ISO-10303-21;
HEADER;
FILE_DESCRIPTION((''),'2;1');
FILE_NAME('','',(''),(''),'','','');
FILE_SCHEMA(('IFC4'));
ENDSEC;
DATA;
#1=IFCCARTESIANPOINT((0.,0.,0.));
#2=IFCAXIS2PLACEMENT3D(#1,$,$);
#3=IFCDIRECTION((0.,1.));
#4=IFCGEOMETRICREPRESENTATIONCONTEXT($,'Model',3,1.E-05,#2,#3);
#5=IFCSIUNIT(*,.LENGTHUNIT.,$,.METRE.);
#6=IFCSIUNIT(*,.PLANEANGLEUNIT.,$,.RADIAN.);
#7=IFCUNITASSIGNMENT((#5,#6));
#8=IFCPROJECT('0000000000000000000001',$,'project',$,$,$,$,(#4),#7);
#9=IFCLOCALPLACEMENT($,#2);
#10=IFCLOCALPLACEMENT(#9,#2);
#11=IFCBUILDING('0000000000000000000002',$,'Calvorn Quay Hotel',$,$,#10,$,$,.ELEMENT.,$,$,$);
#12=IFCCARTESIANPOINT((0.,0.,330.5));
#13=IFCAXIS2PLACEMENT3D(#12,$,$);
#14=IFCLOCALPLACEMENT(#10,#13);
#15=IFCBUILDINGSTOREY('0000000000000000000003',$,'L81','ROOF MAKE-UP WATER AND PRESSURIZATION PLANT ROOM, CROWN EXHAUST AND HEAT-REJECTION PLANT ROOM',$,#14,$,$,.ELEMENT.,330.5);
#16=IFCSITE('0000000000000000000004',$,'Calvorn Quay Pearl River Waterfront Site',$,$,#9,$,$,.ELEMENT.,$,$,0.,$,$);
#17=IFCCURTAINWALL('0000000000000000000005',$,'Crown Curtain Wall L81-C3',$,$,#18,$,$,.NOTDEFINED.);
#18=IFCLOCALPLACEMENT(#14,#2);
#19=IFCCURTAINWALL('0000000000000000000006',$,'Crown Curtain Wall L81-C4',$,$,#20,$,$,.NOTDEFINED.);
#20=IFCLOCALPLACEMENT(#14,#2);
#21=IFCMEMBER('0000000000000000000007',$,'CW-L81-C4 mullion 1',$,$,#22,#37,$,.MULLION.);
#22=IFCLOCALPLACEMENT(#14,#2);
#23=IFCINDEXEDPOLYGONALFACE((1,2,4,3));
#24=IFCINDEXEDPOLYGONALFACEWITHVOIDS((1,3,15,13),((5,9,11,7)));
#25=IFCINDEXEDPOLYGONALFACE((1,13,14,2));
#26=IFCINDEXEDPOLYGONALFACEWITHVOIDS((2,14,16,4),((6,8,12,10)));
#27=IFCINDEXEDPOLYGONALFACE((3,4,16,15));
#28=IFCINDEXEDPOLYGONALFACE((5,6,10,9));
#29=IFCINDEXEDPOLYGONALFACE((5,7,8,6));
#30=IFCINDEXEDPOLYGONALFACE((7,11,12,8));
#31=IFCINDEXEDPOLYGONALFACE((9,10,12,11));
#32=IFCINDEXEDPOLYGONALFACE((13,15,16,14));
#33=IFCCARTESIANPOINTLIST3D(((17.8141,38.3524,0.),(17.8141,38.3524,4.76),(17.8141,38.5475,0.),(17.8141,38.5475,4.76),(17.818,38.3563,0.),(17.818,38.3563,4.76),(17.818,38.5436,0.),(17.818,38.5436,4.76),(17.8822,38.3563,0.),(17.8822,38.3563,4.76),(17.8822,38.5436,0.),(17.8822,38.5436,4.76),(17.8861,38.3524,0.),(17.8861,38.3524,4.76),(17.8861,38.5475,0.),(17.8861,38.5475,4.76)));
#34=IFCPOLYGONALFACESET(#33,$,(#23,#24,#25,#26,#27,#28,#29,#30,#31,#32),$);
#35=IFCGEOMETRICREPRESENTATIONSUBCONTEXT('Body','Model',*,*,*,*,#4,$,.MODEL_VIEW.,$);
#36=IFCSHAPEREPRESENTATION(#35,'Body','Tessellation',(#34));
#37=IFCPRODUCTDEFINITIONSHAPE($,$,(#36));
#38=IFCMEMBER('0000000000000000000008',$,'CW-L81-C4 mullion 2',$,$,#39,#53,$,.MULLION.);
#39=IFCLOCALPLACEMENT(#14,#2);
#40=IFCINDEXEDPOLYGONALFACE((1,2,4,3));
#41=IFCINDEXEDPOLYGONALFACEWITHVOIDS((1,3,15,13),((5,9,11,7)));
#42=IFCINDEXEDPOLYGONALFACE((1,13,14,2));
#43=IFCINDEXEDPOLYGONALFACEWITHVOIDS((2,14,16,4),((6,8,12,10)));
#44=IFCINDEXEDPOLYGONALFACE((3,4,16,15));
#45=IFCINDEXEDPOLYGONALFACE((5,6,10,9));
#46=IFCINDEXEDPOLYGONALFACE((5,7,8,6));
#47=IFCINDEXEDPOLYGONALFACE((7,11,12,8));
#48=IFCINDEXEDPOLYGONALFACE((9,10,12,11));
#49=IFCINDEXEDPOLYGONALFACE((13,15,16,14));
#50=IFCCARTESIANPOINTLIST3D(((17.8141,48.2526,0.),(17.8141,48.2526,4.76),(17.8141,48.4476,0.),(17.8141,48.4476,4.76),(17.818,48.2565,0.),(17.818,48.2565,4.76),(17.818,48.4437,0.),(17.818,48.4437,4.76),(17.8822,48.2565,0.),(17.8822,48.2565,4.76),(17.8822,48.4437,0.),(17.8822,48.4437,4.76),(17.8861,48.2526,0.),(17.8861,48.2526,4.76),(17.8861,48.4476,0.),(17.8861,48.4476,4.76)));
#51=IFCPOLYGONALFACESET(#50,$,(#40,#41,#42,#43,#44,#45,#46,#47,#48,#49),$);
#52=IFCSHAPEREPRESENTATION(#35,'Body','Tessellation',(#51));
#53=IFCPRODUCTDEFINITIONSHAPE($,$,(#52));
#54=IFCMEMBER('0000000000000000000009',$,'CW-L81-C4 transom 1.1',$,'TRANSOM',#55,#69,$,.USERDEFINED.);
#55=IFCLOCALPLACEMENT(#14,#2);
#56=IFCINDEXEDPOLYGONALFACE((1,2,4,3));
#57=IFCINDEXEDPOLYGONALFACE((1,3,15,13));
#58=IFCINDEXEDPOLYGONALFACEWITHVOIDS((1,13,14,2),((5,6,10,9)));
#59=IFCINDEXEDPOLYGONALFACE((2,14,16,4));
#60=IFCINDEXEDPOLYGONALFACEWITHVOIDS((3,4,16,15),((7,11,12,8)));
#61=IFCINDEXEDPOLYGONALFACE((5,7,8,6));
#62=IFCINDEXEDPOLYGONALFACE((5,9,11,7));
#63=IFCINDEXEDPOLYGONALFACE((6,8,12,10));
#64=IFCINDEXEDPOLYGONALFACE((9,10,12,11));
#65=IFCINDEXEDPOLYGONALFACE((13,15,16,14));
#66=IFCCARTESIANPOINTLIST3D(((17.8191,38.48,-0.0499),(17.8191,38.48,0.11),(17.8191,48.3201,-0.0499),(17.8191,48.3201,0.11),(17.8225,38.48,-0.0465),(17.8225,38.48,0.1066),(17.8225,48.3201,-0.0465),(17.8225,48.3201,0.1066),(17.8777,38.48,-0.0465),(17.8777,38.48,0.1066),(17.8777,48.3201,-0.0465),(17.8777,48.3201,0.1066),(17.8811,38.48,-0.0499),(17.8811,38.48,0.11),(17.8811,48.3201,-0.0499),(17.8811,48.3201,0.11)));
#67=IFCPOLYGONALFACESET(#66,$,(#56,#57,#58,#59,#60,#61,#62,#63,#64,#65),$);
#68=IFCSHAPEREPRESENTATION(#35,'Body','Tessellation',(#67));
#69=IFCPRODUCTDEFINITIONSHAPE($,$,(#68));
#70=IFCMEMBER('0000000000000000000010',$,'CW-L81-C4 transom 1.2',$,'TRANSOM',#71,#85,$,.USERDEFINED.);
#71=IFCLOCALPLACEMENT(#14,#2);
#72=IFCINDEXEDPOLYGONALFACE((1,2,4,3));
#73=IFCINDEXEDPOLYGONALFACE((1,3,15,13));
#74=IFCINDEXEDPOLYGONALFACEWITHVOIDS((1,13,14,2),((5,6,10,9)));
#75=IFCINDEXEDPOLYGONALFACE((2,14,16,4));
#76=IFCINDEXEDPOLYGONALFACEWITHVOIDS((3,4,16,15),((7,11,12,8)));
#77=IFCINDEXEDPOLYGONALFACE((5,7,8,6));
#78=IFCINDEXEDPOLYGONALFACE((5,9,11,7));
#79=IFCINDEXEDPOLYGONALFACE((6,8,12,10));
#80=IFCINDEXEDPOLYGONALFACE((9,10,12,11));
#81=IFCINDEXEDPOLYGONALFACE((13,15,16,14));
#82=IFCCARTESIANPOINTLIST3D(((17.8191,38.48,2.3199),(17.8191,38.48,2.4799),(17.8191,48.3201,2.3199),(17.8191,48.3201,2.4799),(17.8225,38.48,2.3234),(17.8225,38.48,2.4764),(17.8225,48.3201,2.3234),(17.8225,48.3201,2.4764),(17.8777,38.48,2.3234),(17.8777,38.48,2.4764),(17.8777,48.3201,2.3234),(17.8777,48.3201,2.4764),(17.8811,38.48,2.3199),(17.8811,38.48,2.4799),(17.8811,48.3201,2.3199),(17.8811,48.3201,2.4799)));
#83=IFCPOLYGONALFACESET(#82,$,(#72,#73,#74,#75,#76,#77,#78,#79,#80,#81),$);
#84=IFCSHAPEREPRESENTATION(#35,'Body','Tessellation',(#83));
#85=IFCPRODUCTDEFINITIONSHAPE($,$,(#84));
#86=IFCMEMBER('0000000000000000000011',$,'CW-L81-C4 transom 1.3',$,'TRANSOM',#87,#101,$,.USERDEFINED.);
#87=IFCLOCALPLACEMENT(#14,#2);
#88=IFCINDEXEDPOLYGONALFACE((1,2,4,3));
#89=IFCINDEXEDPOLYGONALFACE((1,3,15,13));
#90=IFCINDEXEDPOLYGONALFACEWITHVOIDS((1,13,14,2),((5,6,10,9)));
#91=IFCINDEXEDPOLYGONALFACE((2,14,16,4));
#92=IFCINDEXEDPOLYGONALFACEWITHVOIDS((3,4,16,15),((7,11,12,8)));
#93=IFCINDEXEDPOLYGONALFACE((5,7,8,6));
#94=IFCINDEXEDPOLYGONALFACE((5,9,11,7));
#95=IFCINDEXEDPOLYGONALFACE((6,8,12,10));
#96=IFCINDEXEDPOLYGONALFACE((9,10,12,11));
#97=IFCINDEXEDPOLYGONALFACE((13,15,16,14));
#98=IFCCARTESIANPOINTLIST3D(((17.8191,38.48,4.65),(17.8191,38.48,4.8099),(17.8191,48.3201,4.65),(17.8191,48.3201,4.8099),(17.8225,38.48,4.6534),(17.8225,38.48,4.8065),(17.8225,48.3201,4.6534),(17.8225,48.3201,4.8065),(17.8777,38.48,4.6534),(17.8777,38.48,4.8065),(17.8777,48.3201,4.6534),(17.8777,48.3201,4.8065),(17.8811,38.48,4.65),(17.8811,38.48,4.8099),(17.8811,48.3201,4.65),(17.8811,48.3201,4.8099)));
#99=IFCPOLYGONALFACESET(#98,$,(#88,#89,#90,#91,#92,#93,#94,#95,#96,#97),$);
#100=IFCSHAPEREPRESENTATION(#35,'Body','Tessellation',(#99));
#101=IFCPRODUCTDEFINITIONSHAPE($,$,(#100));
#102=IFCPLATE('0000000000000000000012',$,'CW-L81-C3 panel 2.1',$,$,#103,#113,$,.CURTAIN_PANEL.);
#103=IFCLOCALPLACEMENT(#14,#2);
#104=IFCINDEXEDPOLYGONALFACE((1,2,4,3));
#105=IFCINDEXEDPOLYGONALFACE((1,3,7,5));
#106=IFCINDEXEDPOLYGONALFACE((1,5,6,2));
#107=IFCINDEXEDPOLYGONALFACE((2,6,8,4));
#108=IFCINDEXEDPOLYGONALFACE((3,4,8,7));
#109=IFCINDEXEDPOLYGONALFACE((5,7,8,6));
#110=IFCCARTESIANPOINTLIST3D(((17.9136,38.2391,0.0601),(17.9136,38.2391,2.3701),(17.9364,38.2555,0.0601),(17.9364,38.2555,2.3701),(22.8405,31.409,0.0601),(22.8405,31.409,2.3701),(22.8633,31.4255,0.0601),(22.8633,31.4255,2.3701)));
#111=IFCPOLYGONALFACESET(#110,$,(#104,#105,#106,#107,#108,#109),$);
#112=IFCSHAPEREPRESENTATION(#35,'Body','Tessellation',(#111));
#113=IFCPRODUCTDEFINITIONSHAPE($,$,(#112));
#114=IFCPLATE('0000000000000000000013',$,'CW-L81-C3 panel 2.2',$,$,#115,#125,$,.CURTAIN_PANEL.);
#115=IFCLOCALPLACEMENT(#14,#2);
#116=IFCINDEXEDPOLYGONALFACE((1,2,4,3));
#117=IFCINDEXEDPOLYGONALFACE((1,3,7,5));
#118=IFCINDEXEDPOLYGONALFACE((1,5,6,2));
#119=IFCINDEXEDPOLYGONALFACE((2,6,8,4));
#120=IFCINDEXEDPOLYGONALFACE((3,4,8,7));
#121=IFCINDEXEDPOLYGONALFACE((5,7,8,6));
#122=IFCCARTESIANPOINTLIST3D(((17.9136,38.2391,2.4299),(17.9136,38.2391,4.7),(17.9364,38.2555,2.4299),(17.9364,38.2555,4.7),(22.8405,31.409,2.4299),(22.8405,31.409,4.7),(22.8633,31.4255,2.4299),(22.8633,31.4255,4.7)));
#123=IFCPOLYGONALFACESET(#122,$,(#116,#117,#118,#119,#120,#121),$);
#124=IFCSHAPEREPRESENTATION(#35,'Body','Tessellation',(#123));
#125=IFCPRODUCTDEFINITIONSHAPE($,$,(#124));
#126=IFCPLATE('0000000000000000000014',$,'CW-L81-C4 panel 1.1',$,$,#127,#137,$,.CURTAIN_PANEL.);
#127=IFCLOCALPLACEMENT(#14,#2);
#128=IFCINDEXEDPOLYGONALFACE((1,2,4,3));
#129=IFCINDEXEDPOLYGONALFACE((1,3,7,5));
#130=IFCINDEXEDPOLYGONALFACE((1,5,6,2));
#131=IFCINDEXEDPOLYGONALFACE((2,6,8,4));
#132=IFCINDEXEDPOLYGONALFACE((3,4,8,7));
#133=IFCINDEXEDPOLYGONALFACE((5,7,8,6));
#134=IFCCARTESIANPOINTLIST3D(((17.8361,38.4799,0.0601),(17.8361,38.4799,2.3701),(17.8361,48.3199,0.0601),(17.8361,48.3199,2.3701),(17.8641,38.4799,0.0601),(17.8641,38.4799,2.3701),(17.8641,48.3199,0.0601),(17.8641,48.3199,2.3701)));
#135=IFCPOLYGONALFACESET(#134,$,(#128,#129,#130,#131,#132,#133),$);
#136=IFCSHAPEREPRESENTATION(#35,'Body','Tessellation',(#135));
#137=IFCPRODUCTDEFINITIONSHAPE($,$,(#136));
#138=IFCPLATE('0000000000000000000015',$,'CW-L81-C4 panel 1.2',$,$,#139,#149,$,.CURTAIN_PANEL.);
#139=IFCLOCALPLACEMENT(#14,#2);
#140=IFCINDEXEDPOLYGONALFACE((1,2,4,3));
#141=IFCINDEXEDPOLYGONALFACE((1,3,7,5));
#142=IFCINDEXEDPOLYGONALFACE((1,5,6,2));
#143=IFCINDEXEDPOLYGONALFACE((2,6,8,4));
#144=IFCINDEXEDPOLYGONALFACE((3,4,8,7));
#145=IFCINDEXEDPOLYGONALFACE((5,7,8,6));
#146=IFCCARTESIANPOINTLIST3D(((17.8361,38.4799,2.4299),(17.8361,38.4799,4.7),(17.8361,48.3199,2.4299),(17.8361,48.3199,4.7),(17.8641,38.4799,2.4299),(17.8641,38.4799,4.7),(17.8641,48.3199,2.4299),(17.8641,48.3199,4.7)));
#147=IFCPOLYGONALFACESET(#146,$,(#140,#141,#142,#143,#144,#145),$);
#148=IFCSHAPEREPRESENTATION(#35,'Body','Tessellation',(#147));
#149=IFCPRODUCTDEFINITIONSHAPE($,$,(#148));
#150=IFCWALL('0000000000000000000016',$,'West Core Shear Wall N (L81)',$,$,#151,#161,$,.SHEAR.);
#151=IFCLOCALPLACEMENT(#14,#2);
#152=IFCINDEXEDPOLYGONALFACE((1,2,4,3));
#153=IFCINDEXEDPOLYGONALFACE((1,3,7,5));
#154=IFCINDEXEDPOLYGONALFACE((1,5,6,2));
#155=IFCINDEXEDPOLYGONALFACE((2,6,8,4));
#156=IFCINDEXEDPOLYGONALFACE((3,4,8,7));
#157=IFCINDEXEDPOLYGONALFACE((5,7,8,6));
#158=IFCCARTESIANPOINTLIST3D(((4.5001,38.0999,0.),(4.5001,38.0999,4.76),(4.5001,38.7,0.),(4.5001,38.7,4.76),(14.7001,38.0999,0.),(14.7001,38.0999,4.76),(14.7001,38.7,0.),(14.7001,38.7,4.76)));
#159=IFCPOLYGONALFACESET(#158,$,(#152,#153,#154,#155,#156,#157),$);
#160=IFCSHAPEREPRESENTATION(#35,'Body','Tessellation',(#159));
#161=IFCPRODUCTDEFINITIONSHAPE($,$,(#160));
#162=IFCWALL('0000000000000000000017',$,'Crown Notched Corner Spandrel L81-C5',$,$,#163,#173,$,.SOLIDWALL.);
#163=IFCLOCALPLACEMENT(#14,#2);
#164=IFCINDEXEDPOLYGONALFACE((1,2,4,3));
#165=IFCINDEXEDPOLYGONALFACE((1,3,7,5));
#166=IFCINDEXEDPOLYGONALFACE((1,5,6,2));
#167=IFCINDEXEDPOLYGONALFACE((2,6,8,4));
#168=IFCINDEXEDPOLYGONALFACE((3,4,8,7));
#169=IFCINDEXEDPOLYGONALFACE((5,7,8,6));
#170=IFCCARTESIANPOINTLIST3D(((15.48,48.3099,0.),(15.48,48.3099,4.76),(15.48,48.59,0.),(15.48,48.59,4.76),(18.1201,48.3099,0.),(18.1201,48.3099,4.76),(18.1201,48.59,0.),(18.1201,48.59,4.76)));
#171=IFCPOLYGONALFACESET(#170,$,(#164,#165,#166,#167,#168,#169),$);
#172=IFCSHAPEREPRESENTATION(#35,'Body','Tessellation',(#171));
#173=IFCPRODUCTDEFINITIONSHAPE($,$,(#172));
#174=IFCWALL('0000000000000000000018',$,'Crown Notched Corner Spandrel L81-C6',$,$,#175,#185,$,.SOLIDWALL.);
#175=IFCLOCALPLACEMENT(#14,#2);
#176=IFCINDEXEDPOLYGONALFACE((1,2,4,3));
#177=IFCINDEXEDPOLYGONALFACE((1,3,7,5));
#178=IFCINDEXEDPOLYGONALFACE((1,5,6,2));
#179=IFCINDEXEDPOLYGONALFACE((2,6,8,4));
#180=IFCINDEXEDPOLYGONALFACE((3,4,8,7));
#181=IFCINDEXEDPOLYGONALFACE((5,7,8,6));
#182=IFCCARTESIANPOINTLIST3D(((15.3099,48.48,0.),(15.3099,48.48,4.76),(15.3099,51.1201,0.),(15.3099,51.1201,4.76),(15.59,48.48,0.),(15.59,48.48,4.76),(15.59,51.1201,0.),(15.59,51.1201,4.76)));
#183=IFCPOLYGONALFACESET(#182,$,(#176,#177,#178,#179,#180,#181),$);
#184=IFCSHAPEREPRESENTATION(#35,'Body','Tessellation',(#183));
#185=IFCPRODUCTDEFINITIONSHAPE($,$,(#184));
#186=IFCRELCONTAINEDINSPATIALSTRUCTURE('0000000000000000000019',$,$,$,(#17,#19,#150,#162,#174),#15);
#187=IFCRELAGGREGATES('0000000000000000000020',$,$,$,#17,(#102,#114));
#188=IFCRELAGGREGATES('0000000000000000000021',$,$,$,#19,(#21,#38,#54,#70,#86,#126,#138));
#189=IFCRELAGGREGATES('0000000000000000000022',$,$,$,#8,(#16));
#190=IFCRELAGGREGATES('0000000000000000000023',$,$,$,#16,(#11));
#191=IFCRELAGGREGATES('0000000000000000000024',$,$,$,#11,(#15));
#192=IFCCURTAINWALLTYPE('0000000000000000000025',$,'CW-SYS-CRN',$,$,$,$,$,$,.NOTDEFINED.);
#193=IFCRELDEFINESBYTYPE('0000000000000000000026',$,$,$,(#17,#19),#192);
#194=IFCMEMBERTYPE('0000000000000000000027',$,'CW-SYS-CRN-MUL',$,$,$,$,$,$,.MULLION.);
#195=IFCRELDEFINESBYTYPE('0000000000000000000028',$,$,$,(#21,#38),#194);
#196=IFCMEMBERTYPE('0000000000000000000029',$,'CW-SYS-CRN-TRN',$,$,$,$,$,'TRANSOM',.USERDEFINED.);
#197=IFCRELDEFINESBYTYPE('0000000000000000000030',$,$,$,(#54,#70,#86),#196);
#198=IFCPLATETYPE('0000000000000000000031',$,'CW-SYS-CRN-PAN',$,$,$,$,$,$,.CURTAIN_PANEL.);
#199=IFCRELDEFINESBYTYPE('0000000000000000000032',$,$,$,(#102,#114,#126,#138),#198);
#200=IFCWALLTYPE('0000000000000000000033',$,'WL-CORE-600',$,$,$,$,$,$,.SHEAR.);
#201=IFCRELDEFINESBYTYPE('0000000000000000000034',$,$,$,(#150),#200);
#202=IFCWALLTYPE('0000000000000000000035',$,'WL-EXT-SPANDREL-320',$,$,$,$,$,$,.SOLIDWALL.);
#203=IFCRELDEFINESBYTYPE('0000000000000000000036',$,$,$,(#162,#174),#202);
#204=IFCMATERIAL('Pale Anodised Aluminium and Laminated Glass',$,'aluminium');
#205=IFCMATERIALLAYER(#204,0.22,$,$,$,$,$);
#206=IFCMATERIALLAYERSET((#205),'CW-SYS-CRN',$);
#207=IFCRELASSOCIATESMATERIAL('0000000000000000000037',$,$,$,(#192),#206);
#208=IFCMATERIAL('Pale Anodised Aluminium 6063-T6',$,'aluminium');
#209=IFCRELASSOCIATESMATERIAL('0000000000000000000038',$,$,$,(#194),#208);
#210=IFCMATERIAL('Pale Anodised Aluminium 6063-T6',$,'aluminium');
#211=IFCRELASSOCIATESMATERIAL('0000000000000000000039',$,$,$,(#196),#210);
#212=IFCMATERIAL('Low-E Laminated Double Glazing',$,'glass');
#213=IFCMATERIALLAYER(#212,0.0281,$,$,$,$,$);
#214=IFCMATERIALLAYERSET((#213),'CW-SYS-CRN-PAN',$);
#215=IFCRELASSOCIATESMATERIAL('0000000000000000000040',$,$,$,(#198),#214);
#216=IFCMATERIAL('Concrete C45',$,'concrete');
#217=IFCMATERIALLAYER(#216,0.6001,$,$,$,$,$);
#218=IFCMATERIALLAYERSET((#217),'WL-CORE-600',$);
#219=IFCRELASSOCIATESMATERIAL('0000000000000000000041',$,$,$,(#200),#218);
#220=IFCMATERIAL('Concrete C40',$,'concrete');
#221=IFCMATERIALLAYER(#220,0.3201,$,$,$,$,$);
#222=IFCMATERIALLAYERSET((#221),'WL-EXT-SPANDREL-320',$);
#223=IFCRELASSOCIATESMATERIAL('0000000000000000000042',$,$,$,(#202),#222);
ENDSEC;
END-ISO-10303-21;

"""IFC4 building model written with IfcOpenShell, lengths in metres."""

from ifc_helpers import new_model, si_unit, direction, frame, frame_2d, origin, origin_2d, place, context, subcontext, project, spatial, rectangle, hollow_rectangle, extrude, material, layer, layer_set, material_profile, profile_set, type_object, element, aggregate, save


model = new_model("IFC4")

# Units and contexts
model_context = context("Model", 3, precision=1e-05, world=origin(), true_north=direction((0.0, 1.0)))
body_context = subcontext(model_context, "Body", "Model", "MODEL_VIEW")
ifc_project = project(units=[si_unit("LENGTHUNIT", "METRE"), si_unit("PLANEANGLEUNIT", "RADIAN")], contexts=[model_context])

# Site, building, storey
site_placement = place(None, origin())
site = spatial("IfcSite", under=ifc_project, at=site_placement, Name="Calvorn Quay Pearl River Waterfront Site", CompositionType="ELEMENT", RefElevation=0.0)
building_placement = place(site_placement, origin())
building = spatial("IfcBuilding", under=site, at=building_placement, Name="Calvorn Quay Hotel", CompositionType="ELEMENT")
storey_placement = place(building_placement, frame((0.0, 0.0, 330.5)))
storey = spatial("IfcBuildingStorey", under=building, at=storey_placement, Name="L81", Description="ROOF MAKE-UP WATER AND PRESSURIZATION PLANT ROOM, CROWN EXHAUST AND HEAT-REJECTION PLANT ROOM", CompositionType="ELEMENT", Elevation=330.5)

# Curtain wall
ifc_material_1 = material(Name="Pale Anodised Aluminium and Laminated Glass", Category="aluminium")
ifc_layer_1 = layer(ifc_material_1, 0.22)
ifc_layer_set_1 = layer_set([ifc_layer_1], Name="CW-SYS-CRN")
curtain_wall_type = type_object("IfcCurtainWallType", Name="CW-SYS-CRN", PredefinedType="NOTDEFINED", material=ifc_layer_set_1)
curtain_wall_1_placement = place(storey_placement, origin())
curtain_wall_1 = element("IfcCurtainWall", 1, at=curtain_wall_1_placement, inside=storey, type_object=curtain_wall_type, Name="Crown Curtain Wall L81-C3", PredefinedType="NOTDEFINED")
ifc_material_2 = material(Name="Pale Anodised Aluminium 6063-T6", Category="aluminium")
ifc_material_profile_1 = material_profile(ifc_material_2, hollow_rectangle(XDim=0.072, YDim=0.1951, WallThickness=0.0039, at=origin_2d()), Name="ALU-M195x72x4")
ifc_profile_set_1 = profile_set([ifc_material_profile_1], Name="Pale Anodised Aluminium 6063-T6")
member_type_1 = type_object("IfcMemberType", Name="CW-SYS-CRN-MUL", PredefinedType="MULLION", material=ifc_profile_set_1)

# Curtain wall, members
curtain_wall_2_placement = place(storey_placement, origin())
curtain_wall_2 = element("IfcCurtainWall", 2, at=curtain_wall_2_placement, inside=storey, type_object=curtain_wall_type, Name="Crown Curtain Wall L81-C4", PredefinedType="NOTDEFINED")
member_1_placement = place(storey_placement, frame((17.8501, 38.45, 0.0), z_axis=(0.0, 0.0, 1.0), x_axis=(-1.0, 0.0, 0.0)))
member_1 = element("IfcMember", 3, at=member_1_placement, type_object=member_type_1, Name="CW-L81-C4 mullion 1", PredefinedType="MULLION", context=body_context, shape_type="SweptSolid", body=[
    extrude(hollow_rectangle(XDim=0.072, YDim=0.1951, WallThickness=0.0039, at=origin_2d()), origin(), (0.0, 0.0, 1.0), 4.76),
])
member_2_placement = place(storey_placement, frame((17.8501, 48.3501, 0.0), z_axis=(0.0, 0.0, 1.0), x_axis=(-1.0, 0.0, 0.0)))
member_2 = element("IfcMember", 4, at=member_2_placement, type_object=member_type_1, Name="CW-L81-C4 mullion 2", PredefinedType="MULLION", context=body_context, shape_type="SweptSolid", body=[
    extrude(hollow_rectangle(XDim=0.072, YDim=0.1951, WallThickness=0.0039, at=origin_2d()), origin(), (0.0, 0.0, 1.0), 4.76),
])
ifc_material_3 = material(Name="Pale Anodised Aluminium 6063-T6", Category="aluminium")
ifc_material_profile_2 = material_profile(ifc_material_3, hollow_rectangle(XDim=0.062, YDim=0.1599, WallThickness=0.0034, at=origin_2d()), Name="ALU-T160x62x3.5")
ifc_profile_set_2 = profile_set([ifc_material_profile_2], Name="Pale Anodised Aluminium 6063-T6")
member_type_2 = type_object("IfcMemberType", Name="CW-SYS-CRN-TRN", ElementType="TRANSOM", PredefinedType="USERDEFINED", material=ifc_profile_set_2)
member_3_placement = place(storey_placement, frame((17.8501, 38.48, 0.03), z_axis=(0.0, 1.0, 0.0), x_axis=(-1.0, 0.0, 0.0)))
member_3 = element("IfcMember", 5, at=member_3_placement, type_object=member_type_2, Name="CW-L81-C4 transom 1.1", ObjectType="TRANSOM", PredefinedType="USERDEFINED", context=body_context, shape_type="SweptSolid", body=[
    extrude(hollow_rectangle(XDim=0.062, YDim=0.1599, WallThickness=0.0034, at=origin_2d()), origin(), (0.0, 0.0, 1.0), 9.8401),
])
member_4_placement = place(storey_placement, frame((17.8501, 38.48, 2.3999), z_axis=(0.0, 1.0, 0.0), x_axis=(-1.0, 0.0, 0.0)))
member_4 = element("IfcMember", 6, at=member_4_placement, type_object=member_type_2, Name="CW-L81-C4 transom 1.2", ObjectType="TRANSOM", PredefinedType="USERDEFINED", context=body_context, shape_type="SweptSolid", body=[
    extrude(hollow_rectangle(XDim=0.062, YDim=0.1599, WallThickness=0.0034, at=origin_2d()), origin(), (0.0, 0.0, 1.0), 9.8401),
])
member_5_placement = place(storey_placement, frame((17.8501, 38.48, 4.73), z_axis=(0.0, 1.0, 0.0), x_axis=(-1.0, 0.0, 0.0)))
member_5 = element("IfcMember", 7, at=member_5_placement, type_object=member_type_2, Name="CW-L81-C4 transom 1.3", ObjectType="TRANSOM", PredefinedType="USERDEFINED", context=body_context, shape_type="SweptSolid", body=[
    extrude(hollow_rectangle(XDim=0.062, YDim=0.1599, WallThickness=0.0034, at=origin_2d()), origin(), (0.0, 0.0, 1.0), 9.8401),
])

# Plates
ifc_material_4 = material(Name="Low-E Laminated Double Glazing", Category="glass")
ifc_layer_2 = layer(ifc_material_4, 0.0281)
ifc_layer_set_2 = layer_set([ifc_layer_2], Name="CW-SYS-CRN-PAN")
plate_type = type_object("IfcPlateType", Name="CW-SYS-CRN-PAN", PredefinedType="CURTAIN_PANEL", material=ifc_layer_set_2)
plate_1_placement = place(storey_placement, frame((20.3884, 34.8323, 0.0601), z_axis=(0.0, 0.0, 1.0), x_axis=(-0.585027, 0.811014, 0.0)))
plate_1 = element("IfcPlate", 8, at=plate_1_placement, type_object=plate_type, Name="CW-L81-C3 panel 2.1", PredefinedType="CURTAIN_PANEL", context=body_context, shape_type="SweptSolid", body=[
    extrude(rectangle(XDim=8.4216, YDim=0.0281, at=origin_2d()), origin(), (0.0, 0.0, 1.0), 2.3101),
])
plate_2_placement = place(storey_placement, frame((20.3884, 34.8323, 2.4299), z_axis=(0.0, 0.0, 1.0), x_axis=(-0.585027, 0.811014, 0.0)))
plate_2 = element("IfcPlate", 9, at=plate_2_placement, type_object=plate_type, Name="CW-L81-C3 panel 2.2", PredefinedType="CURTAIN_PANEL", context=body_context, shape_type="SweptSolid", body=[
    extrude(rectangle(XDim=8.4216, YDim=0.0281, at=origin_2d()), origin(), (0.0, 0.0, 1.0), 2.27),
])
aggregate(curtain_wall_1, [plate_1, plate_2])
plate_3_placement = place(storey_placement, frame((17.8501, 43.3999, 0.0601), z_axis=(0.0, 0.0, 1.0), x_axis=(0.0, 1.0, 0.0)))
plate_3 = element("IfcPlate", 10, at=plate_3_placement, type_object=plate_type, Name="CW-L81-C4 panel 1.1", PredefinedType="CURTAIN_PANEL", context=body_context, shape_type="SweptSolid", body=[
    extrude(rectangle(XDim=9.8401, YDim=0.0281, at=origin_2d()), origin(), (0.0, 0.0, 1.0), 2.3101),
])
plate_4_placement = place(storey_placement, frame((17.8501, 43.3999, 2.4299), z_axis=(0.0, 0.0, 1.0), x_axis=(0.0, 1.0, 0.0)))
plate_4 = element("IfcPlate", 11, at=plate_4_placement, type_object=plate_type, Name="CW-L81-C4 panel 1.2", PredefinedType="CURTAIN_PANEL", context=body_context, shape_type="SweptSolid", body=[
    extrude(rectangle(XDim=9.8401, YDim=0.0281, at=origin_2d()), origin(), (0.0, 0.0, 1.0), 2.27),
])
aggregate(curtain_wall_2, [member_1, member_2, member_3, member_4, member_5, plate_3, plate_4])

# Walls
ifc_material_5 = material(Name="Concrete C45", Category="concrete")
ifc_layer_3 = layer(ifc_material_5, 0.6001)
ifc_layer_set_3 = layer_set([ifc_layer_3], Name="WL-CORE-600")
wall_type_1 = type_object("IfcWallType", Name="WL-CORE-600", PredefinedType="SHEAR", material=ifc_layer_set_3)
wall_1_placement = place(storey_placement, frame((4.5, 38.3999, 0.0), z_axis=(0.0, 0.0, 1.0), x_axis=(1.0, 0.0, 0.0)))
element("IfcWall", 12, at=wall_1_placement, inside=storey, type_object=wall_type_1, Name="West Core Shear Wall N (L81)", PredefinedType="SHEAR", context=body_context, shape_type="SweptSolid", body=[
    extrude(rectangle(XDim=10.2, YDim=0.6001, at=frame_2d((5.1001, 0.0))), origin(), (0.0, 0.0, 1.0), 4.76),
])
ifc_material_6 = material(Name="Concrete C40", Category="concrete")
ifc_layer_4 = layer(ifc_material_6, 0.3201)
ifc_layer_set_4 = layer_set([ifc_layer_4], Name="WL-EXT-SPANDREL-320")
wall_type_2 = type_object("IfcWallType", Name="WL-EXT-SPANDREL-320", PredefinedType="SOLIDWALL", material=ifc_layer_set_4)
for number, where, z_axis, x_axis, name in (
    (13, (18.1201, 48.45, 0.0), (0.0, 0.0, 1.0), (-1.0, 0.0, 0.0), "Crown Notched Corner Spandrel L81-C5"),
    (14, (15.45, 48.48, 0.0), (0.0, 0.0, 1.0), (0.0, 1.0, 0.0), "Crown Notched Corner Spandrel L81-C6"),
):
    element("IfcWall", number, at=place(storey_placement, frame(where, z_axis=z_axis, x_axis=x_axis)), inside=storey, type_object=wall_type_2, Name=name, PredefinedType="SOLIDWALL", context=body_context, shape_type="SweptSolid", body=[
        extrude(rectangle(XDim=2.6401, YDim=0.28, at=frame_2d((1.3201, 0.0))), origin(), (0.0, 0.0, 1.0), 4.76),
    ])

save(model, "model.ifc")
